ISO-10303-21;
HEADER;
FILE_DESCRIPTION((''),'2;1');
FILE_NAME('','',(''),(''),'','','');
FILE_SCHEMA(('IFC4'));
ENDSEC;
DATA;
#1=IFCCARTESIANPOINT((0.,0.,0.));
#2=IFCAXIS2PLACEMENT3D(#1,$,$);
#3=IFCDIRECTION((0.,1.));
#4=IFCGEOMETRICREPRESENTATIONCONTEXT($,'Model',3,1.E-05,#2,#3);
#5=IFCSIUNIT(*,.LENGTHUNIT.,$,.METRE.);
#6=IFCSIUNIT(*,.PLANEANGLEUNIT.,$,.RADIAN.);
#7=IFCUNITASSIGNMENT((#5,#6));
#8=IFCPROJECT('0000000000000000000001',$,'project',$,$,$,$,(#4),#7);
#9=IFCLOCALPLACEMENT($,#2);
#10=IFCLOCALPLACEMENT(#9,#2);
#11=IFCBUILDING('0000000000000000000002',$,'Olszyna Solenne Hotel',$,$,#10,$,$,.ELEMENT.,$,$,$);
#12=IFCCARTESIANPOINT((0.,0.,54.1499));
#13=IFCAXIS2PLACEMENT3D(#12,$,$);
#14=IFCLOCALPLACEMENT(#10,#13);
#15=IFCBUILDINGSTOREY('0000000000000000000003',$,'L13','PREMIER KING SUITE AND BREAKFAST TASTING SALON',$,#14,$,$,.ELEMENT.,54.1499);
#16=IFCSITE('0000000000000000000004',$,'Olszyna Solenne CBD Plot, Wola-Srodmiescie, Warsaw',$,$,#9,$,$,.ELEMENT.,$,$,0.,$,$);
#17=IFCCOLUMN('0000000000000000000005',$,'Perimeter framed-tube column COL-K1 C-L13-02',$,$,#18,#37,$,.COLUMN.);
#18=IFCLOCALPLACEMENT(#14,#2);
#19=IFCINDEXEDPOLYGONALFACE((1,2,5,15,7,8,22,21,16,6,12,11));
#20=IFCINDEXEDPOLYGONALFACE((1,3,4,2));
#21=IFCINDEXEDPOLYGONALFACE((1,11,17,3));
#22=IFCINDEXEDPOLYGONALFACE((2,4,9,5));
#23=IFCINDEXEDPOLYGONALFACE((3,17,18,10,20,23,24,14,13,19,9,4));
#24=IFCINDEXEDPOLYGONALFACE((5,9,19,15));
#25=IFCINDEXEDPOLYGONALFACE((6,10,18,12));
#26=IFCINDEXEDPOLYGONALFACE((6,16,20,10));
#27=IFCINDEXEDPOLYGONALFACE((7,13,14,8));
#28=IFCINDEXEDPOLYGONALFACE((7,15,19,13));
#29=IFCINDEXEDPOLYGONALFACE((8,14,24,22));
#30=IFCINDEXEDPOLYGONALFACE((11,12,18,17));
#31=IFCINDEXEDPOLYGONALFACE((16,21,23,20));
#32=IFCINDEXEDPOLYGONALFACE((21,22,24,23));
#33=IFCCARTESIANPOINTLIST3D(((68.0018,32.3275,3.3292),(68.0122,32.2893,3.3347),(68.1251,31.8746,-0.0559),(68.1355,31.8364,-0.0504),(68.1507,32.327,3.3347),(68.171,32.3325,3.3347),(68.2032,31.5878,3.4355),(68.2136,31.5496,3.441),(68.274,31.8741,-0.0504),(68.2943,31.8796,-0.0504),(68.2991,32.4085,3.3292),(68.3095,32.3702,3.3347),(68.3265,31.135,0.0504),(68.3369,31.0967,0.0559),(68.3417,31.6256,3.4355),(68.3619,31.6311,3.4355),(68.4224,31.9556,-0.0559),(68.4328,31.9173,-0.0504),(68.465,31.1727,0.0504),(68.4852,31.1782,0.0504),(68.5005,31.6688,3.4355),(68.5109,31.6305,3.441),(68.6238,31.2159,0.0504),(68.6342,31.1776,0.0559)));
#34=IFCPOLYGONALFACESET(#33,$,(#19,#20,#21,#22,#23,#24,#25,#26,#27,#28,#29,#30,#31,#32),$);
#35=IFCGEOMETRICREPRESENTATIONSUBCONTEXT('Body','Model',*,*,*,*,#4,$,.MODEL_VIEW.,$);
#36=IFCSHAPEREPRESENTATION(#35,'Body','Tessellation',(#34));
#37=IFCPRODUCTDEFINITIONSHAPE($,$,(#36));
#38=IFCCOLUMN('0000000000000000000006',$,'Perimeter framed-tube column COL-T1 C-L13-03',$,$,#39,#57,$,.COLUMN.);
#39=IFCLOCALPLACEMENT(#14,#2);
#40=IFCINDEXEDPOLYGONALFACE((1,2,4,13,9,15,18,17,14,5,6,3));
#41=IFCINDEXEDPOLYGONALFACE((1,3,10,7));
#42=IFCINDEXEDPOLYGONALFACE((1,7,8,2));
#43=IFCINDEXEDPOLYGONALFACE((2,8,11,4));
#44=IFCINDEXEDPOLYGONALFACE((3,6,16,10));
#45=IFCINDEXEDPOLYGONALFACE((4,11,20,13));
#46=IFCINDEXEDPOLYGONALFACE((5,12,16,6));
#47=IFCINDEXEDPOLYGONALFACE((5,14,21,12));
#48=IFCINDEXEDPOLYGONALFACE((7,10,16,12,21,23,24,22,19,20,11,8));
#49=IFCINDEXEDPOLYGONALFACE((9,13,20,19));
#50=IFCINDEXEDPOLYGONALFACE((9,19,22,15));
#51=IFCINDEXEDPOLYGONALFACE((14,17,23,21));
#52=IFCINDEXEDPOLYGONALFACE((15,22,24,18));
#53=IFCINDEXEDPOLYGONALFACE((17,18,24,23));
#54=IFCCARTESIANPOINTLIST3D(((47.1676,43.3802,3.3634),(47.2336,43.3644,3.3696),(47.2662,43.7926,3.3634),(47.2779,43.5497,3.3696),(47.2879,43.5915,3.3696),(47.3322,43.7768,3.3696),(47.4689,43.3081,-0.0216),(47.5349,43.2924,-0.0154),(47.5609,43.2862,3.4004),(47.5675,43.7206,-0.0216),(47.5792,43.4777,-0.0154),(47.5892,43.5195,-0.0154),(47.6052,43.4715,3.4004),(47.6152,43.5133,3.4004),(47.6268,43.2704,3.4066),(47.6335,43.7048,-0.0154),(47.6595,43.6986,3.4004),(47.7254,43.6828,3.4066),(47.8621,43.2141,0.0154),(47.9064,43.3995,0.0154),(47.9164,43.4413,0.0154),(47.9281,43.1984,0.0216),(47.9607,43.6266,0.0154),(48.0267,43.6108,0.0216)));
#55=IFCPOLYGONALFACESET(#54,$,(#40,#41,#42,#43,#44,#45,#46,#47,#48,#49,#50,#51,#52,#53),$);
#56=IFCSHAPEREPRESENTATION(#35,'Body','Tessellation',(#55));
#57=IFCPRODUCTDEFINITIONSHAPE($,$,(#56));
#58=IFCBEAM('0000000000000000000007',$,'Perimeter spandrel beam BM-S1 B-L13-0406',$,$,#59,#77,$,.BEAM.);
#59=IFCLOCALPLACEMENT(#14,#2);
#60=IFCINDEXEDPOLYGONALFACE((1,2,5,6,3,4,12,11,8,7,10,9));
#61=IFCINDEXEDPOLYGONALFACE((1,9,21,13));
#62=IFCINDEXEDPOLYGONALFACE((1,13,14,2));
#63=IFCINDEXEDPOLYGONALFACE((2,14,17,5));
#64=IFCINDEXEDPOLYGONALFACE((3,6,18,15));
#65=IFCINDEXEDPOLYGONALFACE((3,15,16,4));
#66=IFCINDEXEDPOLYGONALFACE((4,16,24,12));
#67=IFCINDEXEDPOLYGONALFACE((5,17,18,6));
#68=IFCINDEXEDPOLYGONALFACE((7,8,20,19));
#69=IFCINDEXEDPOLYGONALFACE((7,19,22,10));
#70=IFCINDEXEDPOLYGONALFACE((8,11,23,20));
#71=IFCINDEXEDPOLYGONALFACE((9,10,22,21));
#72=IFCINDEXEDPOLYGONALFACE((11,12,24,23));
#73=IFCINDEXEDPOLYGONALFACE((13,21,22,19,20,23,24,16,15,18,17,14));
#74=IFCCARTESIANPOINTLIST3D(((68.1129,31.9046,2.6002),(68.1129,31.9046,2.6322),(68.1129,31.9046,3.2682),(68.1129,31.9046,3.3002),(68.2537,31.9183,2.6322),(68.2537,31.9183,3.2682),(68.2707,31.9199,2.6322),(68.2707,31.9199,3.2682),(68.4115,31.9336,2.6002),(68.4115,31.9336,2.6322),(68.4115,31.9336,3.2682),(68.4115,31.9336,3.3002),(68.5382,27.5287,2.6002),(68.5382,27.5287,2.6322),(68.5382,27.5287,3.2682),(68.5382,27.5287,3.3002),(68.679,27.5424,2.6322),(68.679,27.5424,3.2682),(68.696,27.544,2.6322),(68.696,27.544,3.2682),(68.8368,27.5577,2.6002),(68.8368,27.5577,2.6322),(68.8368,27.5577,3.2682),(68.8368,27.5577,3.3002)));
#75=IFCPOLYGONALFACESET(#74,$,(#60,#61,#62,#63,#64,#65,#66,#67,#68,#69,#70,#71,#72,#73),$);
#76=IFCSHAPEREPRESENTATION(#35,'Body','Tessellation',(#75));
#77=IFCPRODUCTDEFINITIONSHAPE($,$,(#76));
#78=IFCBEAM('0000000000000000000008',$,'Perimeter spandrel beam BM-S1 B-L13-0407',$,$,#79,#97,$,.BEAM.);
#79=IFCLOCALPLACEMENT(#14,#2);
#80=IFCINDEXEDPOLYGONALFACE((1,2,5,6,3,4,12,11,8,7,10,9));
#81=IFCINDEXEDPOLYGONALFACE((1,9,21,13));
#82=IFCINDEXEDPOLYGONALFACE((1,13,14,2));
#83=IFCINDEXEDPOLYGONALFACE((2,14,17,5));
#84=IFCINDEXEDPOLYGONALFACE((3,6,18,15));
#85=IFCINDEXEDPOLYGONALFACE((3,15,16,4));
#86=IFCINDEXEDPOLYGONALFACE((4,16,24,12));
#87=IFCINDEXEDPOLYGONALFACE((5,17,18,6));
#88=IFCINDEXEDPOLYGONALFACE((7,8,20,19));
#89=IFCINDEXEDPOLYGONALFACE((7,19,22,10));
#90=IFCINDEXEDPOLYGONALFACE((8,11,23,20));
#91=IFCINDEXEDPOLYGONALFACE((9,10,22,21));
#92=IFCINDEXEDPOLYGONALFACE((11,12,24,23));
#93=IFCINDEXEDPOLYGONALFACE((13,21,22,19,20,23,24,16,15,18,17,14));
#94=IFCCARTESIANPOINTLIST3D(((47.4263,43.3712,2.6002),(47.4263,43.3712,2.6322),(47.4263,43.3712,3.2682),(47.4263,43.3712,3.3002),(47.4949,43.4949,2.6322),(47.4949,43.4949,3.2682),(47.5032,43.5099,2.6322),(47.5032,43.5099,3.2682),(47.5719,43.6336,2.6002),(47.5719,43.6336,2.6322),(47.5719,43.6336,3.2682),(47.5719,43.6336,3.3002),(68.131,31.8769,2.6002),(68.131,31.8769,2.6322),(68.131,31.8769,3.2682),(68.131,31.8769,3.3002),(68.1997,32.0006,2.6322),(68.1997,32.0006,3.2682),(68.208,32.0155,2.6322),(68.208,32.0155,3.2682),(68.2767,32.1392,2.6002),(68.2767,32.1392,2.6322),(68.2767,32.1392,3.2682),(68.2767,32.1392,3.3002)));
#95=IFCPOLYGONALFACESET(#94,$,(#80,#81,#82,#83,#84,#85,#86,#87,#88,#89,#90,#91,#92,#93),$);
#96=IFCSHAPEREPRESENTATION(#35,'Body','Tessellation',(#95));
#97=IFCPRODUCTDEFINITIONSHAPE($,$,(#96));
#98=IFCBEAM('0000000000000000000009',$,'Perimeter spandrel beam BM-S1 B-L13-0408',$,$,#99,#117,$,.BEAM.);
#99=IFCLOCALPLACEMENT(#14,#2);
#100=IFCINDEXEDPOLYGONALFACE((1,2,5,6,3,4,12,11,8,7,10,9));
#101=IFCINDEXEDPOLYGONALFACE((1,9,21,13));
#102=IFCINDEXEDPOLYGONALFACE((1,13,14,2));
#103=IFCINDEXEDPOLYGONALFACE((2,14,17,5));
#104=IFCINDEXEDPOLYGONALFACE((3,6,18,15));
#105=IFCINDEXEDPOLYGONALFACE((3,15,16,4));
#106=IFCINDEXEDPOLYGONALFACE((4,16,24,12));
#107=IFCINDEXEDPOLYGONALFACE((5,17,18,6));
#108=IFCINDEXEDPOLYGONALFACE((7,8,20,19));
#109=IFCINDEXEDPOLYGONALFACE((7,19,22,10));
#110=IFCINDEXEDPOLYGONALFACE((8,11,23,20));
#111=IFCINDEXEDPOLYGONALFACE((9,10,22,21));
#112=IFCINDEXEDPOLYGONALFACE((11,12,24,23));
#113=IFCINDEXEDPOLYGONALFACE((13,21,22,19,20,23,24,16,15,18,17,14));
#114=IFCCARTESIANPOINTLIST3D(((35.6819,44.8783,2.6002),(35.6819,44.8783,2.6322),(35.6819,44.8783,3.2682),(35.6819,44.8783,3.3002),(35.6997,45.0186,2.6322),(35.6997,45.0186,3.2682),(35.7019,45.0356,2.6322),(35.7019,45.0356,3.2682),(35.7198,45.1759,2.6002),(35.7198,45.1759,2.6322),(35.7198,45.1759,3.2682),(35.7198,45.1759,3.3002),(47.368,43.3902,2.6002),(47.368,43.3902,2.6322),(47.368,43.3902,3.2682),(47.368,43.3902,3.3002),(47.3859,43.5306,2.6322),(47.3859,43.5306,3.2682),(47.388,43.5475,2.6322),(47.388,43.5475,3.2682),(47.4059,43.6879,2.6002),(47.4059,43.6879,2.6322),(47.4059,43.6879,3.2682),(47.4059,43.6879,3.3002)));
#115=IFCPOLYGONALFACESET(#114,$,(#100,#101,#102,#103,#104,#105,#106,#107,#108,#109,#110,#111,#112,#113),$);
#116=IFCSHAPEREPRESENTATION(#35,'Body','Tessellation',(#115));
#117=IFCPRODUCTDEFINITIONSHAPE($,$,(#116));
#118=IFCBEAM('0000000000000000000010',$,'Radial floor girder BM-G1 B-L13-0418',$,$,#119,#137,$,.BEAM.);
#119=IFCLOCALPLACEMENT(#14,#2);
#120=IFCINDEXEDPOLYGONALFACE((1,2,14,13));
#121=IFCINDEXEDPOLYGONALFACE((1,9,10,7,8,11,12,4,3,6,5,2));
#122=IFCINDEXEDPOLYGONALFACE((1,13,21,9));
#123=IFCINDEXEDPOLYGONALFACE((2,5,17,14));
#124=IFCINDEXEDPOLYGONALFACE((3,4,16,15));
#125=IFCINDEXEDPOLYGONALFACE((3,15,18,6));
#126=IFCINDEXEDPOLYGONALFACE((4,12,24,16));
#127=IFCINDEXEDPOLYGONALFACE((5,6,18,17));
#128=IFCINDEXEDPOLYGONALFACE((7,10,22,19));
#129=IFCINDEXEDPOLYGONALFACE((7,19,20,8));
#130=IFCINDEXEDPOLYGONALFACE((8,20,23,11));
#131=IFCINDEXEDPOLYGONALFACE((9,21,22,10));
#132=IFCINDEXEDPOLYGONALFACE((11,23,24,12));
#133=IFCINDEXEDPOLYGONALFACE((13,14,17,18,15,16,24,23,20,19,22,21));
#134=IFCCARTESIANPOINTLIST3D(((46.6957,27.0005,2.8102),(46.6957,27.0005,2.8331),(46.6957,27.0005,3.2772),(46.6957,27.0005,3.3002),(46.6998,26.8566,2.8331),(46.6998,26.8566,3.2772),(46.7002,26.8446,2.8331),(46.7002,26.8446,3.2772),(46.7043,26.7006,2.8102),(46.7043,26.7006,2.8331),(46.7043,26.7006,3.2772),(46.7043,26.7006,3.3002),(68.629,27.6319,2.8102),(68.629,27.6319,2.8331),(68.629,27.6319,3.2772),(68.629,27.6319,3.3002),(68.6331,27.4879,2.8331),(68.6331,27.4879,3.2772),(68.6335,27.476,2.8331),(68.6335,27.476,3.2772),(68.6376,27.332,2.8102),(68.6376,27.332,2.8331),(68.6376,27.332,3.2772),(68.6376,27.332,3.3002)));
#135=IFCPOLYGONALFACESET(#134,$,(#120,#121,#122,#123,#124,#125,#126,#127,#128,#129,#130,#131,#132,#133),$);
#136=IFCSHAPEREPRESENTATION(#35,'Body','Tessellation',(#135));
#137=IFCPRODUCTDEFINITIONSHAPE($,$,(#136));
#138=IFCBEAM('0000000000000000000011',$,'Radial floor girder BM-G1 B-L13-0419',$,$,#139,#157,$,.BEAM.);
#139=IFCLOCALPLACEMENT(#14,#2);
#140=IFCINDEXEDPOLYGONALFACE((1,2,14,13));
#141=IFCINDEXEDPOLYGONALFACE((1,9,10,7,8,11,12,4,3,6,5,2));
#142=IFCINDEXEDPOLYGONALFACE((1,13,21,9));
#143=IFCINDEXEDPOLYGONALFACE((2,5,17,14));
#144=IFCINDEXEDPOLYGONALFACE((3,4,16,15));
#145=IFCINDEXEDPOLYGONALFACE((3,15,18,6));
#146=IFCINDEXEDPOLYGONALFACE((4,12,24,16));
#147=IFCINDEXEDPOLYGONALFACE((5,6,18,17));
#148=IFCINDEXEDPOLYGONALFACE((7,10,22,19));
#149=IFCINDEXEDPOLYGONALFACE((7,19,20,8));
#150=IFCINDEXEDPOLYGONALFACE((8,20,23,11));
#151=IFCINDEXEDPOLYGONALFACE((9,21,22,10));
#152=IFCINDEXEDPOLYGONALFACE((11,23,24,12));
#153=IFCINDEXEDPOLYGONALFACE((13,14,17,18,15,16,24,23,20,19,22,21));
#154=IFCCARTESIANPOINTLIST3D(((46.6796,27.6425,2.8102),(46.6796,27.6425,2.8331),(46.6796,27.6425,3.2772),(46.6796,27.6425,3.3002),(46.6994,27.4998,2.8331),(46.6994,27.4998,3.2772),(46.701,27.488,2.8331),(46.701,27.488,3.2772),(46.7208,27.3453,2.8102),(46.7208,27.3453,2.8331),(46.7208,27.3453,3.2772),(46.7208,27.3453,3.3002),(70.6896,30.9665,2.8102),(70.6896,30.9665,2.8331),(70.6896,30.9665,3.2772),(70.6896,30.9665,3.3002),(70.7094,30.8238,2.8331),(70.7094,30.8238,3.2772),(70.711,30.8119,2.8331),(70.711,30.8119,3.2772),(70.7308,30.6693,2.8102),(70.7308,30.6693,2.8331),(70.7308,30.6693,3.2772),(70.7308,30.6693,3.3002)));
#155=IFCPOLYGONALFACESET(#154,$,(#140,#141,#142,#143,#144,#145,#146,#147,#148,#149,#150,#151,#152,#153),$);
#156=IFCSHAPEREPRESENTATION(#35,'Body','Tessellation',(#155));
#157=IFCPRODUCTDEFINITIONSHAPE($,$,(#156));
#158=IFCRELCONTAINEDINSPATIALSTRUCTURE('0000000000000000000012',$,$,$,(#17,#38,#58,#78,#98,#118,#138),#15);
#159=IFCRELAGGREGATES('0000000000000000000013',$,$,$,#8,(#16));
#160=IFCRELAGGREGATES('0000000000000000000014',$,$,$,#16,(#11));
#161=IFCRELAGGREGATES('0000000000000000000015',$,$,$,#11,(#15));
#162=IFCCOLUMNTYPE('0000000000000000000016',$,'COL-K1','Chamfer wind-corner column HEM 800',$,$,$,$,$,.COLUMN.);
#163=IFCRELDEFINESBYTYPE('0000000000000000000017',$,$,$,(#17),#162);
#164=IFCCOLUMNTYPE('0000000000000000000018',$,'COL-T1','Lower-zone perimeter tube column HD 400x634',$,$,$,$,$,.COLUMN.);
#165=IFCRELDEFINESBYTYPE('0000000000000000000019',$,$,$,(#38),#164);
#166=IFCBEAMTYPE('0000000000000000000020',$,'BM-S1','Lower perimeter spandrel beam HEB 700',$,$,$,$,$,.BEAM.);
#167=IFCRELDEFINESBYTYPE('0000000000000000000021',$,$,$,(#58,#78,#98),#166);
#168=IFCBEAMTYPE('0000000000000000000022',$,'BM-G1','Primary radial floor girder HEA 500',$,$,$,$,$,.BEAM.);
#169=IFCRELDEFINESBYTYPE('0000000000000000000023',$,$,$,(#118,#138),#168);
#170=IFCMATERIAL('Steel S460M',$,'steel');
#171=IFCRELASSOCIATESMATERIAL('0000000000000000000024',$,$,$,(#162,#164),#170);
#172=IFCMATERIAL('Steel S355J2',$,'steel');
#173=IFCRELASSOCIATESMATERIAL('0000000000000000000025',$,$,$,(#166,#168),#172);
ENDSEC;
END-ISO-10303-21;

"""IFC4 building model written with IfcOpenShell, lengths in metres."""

from ifc_helpers import new_model, si_unit, direction, frame, origin, origin_2d, place, context, subcontext, project, spatial, i_section, extrude, source, transform, mapped, material, material_profile, profile_set, type_object, element, save


model = new_model("IFC4")

# Units and contexts
model_context = context("Model", 3, precision=1e-05, world=origin(), true_north=direction((0.0, 1.0)))
body_context = subcontext(model_context, "Body", "Model", "MODEL_VIEW")
ifc_project = project(units=[si_unit("LENGTHUNIT", "METRE"), si_unit("PLANEANGLEUNIT", "RADIAN")], contexts=[model_context])

# Site, building, storey
site_placement = place(None, origin())
site = spatial("IfcSite", under=ifc_project, at=site_placement, Name="Olszyna Solenne CBD Plot, Wola-Srodmiescie, Warsaw", CompositionType="ELEMENT", RefElevation=0.0)
building_placement = place(site_placement, origin())
building = spatial("IfcBuilding", under=site, at=building_placement, Name="Olszyna Solenne Hotel", CompositionType="ELEMENT")
storey_placement = place(building_placement, frame((0.0, 0.0, 54.1499)))
storey = spatial("IfcBuildingStorey", under=building, at=storey_placement, Name="L13", Description="PREMIER KING SUITE AND BREAKFAST TASTING SALON", CompositionType="ELEMENT", Elevation=54.1499)

# Columns
ifc_material_1 = material(Name="Steel S460M", Category="steel")
ifc_material_profile_1 = material_profile(ifc_material_1, i_section(OverallWidth=0.3081, OverallDepth=0.814, WebThickness=0.021, FlangeThickness=0.04, at=origin_2d()), Name="HEM 800", Category="load-bearing")
ifc_profile_set_1 = profile_set([ifc_material_profile_1], Name="Steel S460M")
column_type_1 = type_object("IfcColumnType", Name="COL-K1", Description="Chamfer wind-corner column HEM 800", PredefinedType="COLUMN", material=ifc_profile_set_1)
shared_shape_1 = source(origin(), body_context, "Body", "SweptSolid", [
    extrude(i_section(OverallWidth=0.3081, OverallDepth=0.814, WebThickness=0.021, FlangeThickness=0.04, at=origin_2d()), origin(), (0.0, 0.0, 1.0), 3.4175),
])
column_1_placement = place(storey_placement, frame((68.3796, 31.5261, 0.0), z_axis=(-0.036077, 0.132522, 0.990523), x_axis=(-0.964884, -0.262677, 0.0)))
element("IfcColumn", 1, at=column_1_placement, inside=storey, type_object=column_type_1, Name="Perimeter framed-tube column COL-K1 C-L13-02", PredefinedType="COLUMN", context=body_context, shape_type="MappedRepresentation", body=[
    mapped(shared_shape_1, transform((0.0, 0.0, 0.0), x_axis=(1.0, 0.0, 0.0), y_axis=(0.0, 1.0, 0.0), z_axis=(0.0, 0.0, 1.0), scale=1.0)),
])
ifc_material_profile_2 = material_profile(ifc_material_1, i_section(OverallWidth=0.4241, OverallDepth=0.4741, WebThickness=0.043, FlangeThickness=0.0681, at=origin_2d()), Name="HD 400x634", Category="load-bearing")
ifc_profile_set_2 = profile_set([ifc_material_profile_2], Name="Steel S460M")
column_type_2 = type_object("IfcColumnType", Name="COL-T1", Description="Lower-zone perimeter tube column HD 400x634", PredefinedType="COLUMN", material=ifc_profile_set_2)
shared_shape_2 = source(origin(), body_context, "Body", "SweptSolid", [
    extrude(i_section(OverallWidth=0.4241, OverallDepth=0.4741, WebThickness=0.043, FlangeThickness=0.0681, at=origin_2d()), origin(), (0.0, 0.0, 1.0), 3.3992),
])
column_2_placement = place(storey_placement, frame((47.7478, 43.4595, 0.0), z_axis=(-0.088631, 0.021188, 0.995839), x_axis=(-0.232508, -0.972594, 0.0)))
element("IfcColumn", 2, at=column_2_placement, inside=storey, type_object=column_type_2, Name="Perimeter framed-tube column COL-T1 C-L13-03", PredefinedType="COLUMN", context=body_context, shape_type="MappedRepresentation", body=[
    mapped(shared_shape_2, transform((0.0, 0.0, 0.0), x_axis=(1.0, 0.0, 0.0), y_axis=(0.0, 1.0, 0.0), z_axis=(0.0, 0.0, 1.0), scale=1.0)),
])

# Beams
ifc_material_2 = material(Name="Steel S355J2", Category="steel")
ifc_material_profile_3 = material_profile(ifc_material_2, i_section(OverallWidth=0.3, OverallDepth=0.7, WebThickness=0.0171, FlangeThickness=0.032, at=origin_2d()), Name="HEB 700", Category="load-bearing")
ifc_profile_set_3 = profile_set([ifc_material_profile_3], Name="Steel S355J2")
beam_type_1 = type_object("IfcBeamType", Name="BM-S1", Description="Lower perimeter spandrel beam HEB 700", PredefinedType="BEAM", material=ifc_profile_set_3)
shared_shape_3 = source(origin(), body_context, "Body", "SweptSolid", [
    extrude(i_section(OverallWidth=0.3, OverallDepth=0.7, WebThickness=0.0171, FlangeThickness=0.032, at=origin_2d()), origin(), (0.0, 0.0, 1.0), 4.3965),
])
beam_1_placement = place(storey_placement, frame((68.6875, 27.5432, 2.9502), z_axis=(-0.096732, 0.99531, 0.0), x_axis=(-0.99531, -0.096732, 0.0)))
element("IfcBeam", 3, at=beam_1_placement, inside=storey, type_object=beam_type_1, Name="Perimeter spandrel beam BM-S1 B-L13-0406", PredefinedType="BEAM", context=body_context, shape_type="MappedRepresentation", body=[
    mapped(shared_shape_3, transform((0.0, 0.0, 0.0), x_axis=(1.0, 0.0, 0.0), y_axis=(0.0, 1.0, 0.0), z_axis=(0.0, 0.0, 1.0), scale=1.0)),
])
shared_shape_4 = source(origin(), body_context, "Body", "SweptSolid", [
    extrude(i_section(OverallWidth=0.3, OverallDepth=0.7, WebThickness=0.0171, FlangeThickness=0.032, at=origin_2d()), origin(), (0.0, 0.0, 1.0), 23.6814),
])
beam_2_placement = place(storey_placement, frame((68.2039, 32.0081, 2.9502), z_axis=(-0.874306, 0.485375, 0.0), x_axis=(-0.485375, -0.874306, 0.0)))
element("IfcBeam", 4, at=beam_2_placement, inside=storey, type_object=beam_type_1, Name="Perimeter spandrel beam BM-S1 B-L13-0407", PredefinedType="BEAM", context=body_context, shape_type="MappedRepresentation", body=[
    mapped(shared_shape_4, transform((0.0, 0.0, 0.0), x_axis=(1.0, 0.0, 0.0), y_axis=(0.0, 1.0, 0.0), z_axis=(0.0, 0.0, 1.0), scale=1.0)),
])
shared_shape_5 = source(origin(), body_context, "Body", "SweptSolid", [
    extrude(i_section(OverallWidth=0.3, OverallDepth=0.7, WebThickness=0.0171, FlangeThickness=0.032, at=origin_2d()), origin(), (0.0, 0.0, 1.0), 11.7805),
])
beam_3_placement = place(storey_placement, frame((47.387, 43.5391, 2.9502), z_axis=(-0.991991, 0.126312, 0.0), x_axis=(-0.126312, -0.991991, 0.0)))
element("IfcBeam", 5, at=beam_3_placement, inside=storey, type_object=beam_type_1, Name="Perimeter spandrel beam BM-S1 B-L13-0408", PredefinedType="BEAM", context=body_context, shape_type="MappedRepresentation", body=[
    mapped(shared_shape_5, transform((0.0, 0.0, 0.0), x_axis=(1.0, 0.0, 0.0), y_axis=(0.0, 1.0, 0.0), z_axis=(0.0, 0.0, 1.0), scale=1.0)),
])
ifc_material_profile_4 = material_profile(ifc_material_2, i_section(OverallWidth=0.3, OverallDepth=0.49, WebThickness=0.012, FlangeThickness=0.0229, at=origin_2d()), Name="HEA 500", Category="load-bearing")
ifc_profile_set_4 = profile_set([ifc_material_profile_4], Name="Steel S355J2")
beam_type_2 = type_object("IfcBeamType", Name="BM-G1", Description="Primary radial floor girder HEA 500", PredefinedType="BEAM", material=ifc_profile_set_4)
shared_shape_6 = source(origin(), body_context, "Body", "SweptSolid", [
    extrude(i_section(OverallWidth=0.3, OverallDepth=0.49, WebThickness=0.012, FlangeThickness=0.0229, at=origin_2d()), origin(), (0.0, 0.0, 1.0), 21.9424),
])
beam_4_placement = place(storey_placement, frame((68.6333, 27.4819, 3.0552), z_axis=(-0.999586, -0.028773, 0.0), x_axis=(0.028773, -0.999586, 0.0)))
element("IfcBeam", 6, at=beam_4_placement, inside=storey, type_object=beam_type_2, Name="Radial floor girder BM-G1 B-L13-0418", PredefinedType="BEAM", context=body_context, shape_type="MappedRepresentation", body=[
    mapped(shared_shape_6, transform((0.0, 0.0, 0.0), x_axis=(1.0, 0.0, 0.0), y_axis=(0.0, 1.0, 0.0), z_axis=(0.0, 0.0, 1.0), scale=1.0)),
])
shared_shape_7 = source(origin(), body_context, "Body", "SweptSolid", [
    extrude(i_section(OverallWidth=0.3, OverallDepth=0.49, WebThickness=0.012, FlangeThickness=0.0229, at=origin_2d()), origin(), (0.0, 0.0, 1.0), 24.239),
])
beam_5_placement = place(storey_placement, frame((70.7102, 30.8179, 3.0552), z_axis=(-0.990553, -0.137133, 0.0), x_axis=(0.137133, -0.990553, 0.0)))
element("IfcBeam", 7, at=beam_5_placement, inside=storey, type_object=beam_type_2, Name="Radial floor girder BM-G1 B-L13-0419", PredefinedType="BEAM", context=body_context, shape_type="MappedRepresentation", body=[
    mapped(shared_shape_7, transform((0.0, 0.0, 0.0), x_axis=(1.0, 0.0, 0.0), y_axis=(0.0, 1.0, 0.0), z_axis=(0.0, 0.0, 1.0), scale=1.0)),
])

save(model, "model.ifc")
